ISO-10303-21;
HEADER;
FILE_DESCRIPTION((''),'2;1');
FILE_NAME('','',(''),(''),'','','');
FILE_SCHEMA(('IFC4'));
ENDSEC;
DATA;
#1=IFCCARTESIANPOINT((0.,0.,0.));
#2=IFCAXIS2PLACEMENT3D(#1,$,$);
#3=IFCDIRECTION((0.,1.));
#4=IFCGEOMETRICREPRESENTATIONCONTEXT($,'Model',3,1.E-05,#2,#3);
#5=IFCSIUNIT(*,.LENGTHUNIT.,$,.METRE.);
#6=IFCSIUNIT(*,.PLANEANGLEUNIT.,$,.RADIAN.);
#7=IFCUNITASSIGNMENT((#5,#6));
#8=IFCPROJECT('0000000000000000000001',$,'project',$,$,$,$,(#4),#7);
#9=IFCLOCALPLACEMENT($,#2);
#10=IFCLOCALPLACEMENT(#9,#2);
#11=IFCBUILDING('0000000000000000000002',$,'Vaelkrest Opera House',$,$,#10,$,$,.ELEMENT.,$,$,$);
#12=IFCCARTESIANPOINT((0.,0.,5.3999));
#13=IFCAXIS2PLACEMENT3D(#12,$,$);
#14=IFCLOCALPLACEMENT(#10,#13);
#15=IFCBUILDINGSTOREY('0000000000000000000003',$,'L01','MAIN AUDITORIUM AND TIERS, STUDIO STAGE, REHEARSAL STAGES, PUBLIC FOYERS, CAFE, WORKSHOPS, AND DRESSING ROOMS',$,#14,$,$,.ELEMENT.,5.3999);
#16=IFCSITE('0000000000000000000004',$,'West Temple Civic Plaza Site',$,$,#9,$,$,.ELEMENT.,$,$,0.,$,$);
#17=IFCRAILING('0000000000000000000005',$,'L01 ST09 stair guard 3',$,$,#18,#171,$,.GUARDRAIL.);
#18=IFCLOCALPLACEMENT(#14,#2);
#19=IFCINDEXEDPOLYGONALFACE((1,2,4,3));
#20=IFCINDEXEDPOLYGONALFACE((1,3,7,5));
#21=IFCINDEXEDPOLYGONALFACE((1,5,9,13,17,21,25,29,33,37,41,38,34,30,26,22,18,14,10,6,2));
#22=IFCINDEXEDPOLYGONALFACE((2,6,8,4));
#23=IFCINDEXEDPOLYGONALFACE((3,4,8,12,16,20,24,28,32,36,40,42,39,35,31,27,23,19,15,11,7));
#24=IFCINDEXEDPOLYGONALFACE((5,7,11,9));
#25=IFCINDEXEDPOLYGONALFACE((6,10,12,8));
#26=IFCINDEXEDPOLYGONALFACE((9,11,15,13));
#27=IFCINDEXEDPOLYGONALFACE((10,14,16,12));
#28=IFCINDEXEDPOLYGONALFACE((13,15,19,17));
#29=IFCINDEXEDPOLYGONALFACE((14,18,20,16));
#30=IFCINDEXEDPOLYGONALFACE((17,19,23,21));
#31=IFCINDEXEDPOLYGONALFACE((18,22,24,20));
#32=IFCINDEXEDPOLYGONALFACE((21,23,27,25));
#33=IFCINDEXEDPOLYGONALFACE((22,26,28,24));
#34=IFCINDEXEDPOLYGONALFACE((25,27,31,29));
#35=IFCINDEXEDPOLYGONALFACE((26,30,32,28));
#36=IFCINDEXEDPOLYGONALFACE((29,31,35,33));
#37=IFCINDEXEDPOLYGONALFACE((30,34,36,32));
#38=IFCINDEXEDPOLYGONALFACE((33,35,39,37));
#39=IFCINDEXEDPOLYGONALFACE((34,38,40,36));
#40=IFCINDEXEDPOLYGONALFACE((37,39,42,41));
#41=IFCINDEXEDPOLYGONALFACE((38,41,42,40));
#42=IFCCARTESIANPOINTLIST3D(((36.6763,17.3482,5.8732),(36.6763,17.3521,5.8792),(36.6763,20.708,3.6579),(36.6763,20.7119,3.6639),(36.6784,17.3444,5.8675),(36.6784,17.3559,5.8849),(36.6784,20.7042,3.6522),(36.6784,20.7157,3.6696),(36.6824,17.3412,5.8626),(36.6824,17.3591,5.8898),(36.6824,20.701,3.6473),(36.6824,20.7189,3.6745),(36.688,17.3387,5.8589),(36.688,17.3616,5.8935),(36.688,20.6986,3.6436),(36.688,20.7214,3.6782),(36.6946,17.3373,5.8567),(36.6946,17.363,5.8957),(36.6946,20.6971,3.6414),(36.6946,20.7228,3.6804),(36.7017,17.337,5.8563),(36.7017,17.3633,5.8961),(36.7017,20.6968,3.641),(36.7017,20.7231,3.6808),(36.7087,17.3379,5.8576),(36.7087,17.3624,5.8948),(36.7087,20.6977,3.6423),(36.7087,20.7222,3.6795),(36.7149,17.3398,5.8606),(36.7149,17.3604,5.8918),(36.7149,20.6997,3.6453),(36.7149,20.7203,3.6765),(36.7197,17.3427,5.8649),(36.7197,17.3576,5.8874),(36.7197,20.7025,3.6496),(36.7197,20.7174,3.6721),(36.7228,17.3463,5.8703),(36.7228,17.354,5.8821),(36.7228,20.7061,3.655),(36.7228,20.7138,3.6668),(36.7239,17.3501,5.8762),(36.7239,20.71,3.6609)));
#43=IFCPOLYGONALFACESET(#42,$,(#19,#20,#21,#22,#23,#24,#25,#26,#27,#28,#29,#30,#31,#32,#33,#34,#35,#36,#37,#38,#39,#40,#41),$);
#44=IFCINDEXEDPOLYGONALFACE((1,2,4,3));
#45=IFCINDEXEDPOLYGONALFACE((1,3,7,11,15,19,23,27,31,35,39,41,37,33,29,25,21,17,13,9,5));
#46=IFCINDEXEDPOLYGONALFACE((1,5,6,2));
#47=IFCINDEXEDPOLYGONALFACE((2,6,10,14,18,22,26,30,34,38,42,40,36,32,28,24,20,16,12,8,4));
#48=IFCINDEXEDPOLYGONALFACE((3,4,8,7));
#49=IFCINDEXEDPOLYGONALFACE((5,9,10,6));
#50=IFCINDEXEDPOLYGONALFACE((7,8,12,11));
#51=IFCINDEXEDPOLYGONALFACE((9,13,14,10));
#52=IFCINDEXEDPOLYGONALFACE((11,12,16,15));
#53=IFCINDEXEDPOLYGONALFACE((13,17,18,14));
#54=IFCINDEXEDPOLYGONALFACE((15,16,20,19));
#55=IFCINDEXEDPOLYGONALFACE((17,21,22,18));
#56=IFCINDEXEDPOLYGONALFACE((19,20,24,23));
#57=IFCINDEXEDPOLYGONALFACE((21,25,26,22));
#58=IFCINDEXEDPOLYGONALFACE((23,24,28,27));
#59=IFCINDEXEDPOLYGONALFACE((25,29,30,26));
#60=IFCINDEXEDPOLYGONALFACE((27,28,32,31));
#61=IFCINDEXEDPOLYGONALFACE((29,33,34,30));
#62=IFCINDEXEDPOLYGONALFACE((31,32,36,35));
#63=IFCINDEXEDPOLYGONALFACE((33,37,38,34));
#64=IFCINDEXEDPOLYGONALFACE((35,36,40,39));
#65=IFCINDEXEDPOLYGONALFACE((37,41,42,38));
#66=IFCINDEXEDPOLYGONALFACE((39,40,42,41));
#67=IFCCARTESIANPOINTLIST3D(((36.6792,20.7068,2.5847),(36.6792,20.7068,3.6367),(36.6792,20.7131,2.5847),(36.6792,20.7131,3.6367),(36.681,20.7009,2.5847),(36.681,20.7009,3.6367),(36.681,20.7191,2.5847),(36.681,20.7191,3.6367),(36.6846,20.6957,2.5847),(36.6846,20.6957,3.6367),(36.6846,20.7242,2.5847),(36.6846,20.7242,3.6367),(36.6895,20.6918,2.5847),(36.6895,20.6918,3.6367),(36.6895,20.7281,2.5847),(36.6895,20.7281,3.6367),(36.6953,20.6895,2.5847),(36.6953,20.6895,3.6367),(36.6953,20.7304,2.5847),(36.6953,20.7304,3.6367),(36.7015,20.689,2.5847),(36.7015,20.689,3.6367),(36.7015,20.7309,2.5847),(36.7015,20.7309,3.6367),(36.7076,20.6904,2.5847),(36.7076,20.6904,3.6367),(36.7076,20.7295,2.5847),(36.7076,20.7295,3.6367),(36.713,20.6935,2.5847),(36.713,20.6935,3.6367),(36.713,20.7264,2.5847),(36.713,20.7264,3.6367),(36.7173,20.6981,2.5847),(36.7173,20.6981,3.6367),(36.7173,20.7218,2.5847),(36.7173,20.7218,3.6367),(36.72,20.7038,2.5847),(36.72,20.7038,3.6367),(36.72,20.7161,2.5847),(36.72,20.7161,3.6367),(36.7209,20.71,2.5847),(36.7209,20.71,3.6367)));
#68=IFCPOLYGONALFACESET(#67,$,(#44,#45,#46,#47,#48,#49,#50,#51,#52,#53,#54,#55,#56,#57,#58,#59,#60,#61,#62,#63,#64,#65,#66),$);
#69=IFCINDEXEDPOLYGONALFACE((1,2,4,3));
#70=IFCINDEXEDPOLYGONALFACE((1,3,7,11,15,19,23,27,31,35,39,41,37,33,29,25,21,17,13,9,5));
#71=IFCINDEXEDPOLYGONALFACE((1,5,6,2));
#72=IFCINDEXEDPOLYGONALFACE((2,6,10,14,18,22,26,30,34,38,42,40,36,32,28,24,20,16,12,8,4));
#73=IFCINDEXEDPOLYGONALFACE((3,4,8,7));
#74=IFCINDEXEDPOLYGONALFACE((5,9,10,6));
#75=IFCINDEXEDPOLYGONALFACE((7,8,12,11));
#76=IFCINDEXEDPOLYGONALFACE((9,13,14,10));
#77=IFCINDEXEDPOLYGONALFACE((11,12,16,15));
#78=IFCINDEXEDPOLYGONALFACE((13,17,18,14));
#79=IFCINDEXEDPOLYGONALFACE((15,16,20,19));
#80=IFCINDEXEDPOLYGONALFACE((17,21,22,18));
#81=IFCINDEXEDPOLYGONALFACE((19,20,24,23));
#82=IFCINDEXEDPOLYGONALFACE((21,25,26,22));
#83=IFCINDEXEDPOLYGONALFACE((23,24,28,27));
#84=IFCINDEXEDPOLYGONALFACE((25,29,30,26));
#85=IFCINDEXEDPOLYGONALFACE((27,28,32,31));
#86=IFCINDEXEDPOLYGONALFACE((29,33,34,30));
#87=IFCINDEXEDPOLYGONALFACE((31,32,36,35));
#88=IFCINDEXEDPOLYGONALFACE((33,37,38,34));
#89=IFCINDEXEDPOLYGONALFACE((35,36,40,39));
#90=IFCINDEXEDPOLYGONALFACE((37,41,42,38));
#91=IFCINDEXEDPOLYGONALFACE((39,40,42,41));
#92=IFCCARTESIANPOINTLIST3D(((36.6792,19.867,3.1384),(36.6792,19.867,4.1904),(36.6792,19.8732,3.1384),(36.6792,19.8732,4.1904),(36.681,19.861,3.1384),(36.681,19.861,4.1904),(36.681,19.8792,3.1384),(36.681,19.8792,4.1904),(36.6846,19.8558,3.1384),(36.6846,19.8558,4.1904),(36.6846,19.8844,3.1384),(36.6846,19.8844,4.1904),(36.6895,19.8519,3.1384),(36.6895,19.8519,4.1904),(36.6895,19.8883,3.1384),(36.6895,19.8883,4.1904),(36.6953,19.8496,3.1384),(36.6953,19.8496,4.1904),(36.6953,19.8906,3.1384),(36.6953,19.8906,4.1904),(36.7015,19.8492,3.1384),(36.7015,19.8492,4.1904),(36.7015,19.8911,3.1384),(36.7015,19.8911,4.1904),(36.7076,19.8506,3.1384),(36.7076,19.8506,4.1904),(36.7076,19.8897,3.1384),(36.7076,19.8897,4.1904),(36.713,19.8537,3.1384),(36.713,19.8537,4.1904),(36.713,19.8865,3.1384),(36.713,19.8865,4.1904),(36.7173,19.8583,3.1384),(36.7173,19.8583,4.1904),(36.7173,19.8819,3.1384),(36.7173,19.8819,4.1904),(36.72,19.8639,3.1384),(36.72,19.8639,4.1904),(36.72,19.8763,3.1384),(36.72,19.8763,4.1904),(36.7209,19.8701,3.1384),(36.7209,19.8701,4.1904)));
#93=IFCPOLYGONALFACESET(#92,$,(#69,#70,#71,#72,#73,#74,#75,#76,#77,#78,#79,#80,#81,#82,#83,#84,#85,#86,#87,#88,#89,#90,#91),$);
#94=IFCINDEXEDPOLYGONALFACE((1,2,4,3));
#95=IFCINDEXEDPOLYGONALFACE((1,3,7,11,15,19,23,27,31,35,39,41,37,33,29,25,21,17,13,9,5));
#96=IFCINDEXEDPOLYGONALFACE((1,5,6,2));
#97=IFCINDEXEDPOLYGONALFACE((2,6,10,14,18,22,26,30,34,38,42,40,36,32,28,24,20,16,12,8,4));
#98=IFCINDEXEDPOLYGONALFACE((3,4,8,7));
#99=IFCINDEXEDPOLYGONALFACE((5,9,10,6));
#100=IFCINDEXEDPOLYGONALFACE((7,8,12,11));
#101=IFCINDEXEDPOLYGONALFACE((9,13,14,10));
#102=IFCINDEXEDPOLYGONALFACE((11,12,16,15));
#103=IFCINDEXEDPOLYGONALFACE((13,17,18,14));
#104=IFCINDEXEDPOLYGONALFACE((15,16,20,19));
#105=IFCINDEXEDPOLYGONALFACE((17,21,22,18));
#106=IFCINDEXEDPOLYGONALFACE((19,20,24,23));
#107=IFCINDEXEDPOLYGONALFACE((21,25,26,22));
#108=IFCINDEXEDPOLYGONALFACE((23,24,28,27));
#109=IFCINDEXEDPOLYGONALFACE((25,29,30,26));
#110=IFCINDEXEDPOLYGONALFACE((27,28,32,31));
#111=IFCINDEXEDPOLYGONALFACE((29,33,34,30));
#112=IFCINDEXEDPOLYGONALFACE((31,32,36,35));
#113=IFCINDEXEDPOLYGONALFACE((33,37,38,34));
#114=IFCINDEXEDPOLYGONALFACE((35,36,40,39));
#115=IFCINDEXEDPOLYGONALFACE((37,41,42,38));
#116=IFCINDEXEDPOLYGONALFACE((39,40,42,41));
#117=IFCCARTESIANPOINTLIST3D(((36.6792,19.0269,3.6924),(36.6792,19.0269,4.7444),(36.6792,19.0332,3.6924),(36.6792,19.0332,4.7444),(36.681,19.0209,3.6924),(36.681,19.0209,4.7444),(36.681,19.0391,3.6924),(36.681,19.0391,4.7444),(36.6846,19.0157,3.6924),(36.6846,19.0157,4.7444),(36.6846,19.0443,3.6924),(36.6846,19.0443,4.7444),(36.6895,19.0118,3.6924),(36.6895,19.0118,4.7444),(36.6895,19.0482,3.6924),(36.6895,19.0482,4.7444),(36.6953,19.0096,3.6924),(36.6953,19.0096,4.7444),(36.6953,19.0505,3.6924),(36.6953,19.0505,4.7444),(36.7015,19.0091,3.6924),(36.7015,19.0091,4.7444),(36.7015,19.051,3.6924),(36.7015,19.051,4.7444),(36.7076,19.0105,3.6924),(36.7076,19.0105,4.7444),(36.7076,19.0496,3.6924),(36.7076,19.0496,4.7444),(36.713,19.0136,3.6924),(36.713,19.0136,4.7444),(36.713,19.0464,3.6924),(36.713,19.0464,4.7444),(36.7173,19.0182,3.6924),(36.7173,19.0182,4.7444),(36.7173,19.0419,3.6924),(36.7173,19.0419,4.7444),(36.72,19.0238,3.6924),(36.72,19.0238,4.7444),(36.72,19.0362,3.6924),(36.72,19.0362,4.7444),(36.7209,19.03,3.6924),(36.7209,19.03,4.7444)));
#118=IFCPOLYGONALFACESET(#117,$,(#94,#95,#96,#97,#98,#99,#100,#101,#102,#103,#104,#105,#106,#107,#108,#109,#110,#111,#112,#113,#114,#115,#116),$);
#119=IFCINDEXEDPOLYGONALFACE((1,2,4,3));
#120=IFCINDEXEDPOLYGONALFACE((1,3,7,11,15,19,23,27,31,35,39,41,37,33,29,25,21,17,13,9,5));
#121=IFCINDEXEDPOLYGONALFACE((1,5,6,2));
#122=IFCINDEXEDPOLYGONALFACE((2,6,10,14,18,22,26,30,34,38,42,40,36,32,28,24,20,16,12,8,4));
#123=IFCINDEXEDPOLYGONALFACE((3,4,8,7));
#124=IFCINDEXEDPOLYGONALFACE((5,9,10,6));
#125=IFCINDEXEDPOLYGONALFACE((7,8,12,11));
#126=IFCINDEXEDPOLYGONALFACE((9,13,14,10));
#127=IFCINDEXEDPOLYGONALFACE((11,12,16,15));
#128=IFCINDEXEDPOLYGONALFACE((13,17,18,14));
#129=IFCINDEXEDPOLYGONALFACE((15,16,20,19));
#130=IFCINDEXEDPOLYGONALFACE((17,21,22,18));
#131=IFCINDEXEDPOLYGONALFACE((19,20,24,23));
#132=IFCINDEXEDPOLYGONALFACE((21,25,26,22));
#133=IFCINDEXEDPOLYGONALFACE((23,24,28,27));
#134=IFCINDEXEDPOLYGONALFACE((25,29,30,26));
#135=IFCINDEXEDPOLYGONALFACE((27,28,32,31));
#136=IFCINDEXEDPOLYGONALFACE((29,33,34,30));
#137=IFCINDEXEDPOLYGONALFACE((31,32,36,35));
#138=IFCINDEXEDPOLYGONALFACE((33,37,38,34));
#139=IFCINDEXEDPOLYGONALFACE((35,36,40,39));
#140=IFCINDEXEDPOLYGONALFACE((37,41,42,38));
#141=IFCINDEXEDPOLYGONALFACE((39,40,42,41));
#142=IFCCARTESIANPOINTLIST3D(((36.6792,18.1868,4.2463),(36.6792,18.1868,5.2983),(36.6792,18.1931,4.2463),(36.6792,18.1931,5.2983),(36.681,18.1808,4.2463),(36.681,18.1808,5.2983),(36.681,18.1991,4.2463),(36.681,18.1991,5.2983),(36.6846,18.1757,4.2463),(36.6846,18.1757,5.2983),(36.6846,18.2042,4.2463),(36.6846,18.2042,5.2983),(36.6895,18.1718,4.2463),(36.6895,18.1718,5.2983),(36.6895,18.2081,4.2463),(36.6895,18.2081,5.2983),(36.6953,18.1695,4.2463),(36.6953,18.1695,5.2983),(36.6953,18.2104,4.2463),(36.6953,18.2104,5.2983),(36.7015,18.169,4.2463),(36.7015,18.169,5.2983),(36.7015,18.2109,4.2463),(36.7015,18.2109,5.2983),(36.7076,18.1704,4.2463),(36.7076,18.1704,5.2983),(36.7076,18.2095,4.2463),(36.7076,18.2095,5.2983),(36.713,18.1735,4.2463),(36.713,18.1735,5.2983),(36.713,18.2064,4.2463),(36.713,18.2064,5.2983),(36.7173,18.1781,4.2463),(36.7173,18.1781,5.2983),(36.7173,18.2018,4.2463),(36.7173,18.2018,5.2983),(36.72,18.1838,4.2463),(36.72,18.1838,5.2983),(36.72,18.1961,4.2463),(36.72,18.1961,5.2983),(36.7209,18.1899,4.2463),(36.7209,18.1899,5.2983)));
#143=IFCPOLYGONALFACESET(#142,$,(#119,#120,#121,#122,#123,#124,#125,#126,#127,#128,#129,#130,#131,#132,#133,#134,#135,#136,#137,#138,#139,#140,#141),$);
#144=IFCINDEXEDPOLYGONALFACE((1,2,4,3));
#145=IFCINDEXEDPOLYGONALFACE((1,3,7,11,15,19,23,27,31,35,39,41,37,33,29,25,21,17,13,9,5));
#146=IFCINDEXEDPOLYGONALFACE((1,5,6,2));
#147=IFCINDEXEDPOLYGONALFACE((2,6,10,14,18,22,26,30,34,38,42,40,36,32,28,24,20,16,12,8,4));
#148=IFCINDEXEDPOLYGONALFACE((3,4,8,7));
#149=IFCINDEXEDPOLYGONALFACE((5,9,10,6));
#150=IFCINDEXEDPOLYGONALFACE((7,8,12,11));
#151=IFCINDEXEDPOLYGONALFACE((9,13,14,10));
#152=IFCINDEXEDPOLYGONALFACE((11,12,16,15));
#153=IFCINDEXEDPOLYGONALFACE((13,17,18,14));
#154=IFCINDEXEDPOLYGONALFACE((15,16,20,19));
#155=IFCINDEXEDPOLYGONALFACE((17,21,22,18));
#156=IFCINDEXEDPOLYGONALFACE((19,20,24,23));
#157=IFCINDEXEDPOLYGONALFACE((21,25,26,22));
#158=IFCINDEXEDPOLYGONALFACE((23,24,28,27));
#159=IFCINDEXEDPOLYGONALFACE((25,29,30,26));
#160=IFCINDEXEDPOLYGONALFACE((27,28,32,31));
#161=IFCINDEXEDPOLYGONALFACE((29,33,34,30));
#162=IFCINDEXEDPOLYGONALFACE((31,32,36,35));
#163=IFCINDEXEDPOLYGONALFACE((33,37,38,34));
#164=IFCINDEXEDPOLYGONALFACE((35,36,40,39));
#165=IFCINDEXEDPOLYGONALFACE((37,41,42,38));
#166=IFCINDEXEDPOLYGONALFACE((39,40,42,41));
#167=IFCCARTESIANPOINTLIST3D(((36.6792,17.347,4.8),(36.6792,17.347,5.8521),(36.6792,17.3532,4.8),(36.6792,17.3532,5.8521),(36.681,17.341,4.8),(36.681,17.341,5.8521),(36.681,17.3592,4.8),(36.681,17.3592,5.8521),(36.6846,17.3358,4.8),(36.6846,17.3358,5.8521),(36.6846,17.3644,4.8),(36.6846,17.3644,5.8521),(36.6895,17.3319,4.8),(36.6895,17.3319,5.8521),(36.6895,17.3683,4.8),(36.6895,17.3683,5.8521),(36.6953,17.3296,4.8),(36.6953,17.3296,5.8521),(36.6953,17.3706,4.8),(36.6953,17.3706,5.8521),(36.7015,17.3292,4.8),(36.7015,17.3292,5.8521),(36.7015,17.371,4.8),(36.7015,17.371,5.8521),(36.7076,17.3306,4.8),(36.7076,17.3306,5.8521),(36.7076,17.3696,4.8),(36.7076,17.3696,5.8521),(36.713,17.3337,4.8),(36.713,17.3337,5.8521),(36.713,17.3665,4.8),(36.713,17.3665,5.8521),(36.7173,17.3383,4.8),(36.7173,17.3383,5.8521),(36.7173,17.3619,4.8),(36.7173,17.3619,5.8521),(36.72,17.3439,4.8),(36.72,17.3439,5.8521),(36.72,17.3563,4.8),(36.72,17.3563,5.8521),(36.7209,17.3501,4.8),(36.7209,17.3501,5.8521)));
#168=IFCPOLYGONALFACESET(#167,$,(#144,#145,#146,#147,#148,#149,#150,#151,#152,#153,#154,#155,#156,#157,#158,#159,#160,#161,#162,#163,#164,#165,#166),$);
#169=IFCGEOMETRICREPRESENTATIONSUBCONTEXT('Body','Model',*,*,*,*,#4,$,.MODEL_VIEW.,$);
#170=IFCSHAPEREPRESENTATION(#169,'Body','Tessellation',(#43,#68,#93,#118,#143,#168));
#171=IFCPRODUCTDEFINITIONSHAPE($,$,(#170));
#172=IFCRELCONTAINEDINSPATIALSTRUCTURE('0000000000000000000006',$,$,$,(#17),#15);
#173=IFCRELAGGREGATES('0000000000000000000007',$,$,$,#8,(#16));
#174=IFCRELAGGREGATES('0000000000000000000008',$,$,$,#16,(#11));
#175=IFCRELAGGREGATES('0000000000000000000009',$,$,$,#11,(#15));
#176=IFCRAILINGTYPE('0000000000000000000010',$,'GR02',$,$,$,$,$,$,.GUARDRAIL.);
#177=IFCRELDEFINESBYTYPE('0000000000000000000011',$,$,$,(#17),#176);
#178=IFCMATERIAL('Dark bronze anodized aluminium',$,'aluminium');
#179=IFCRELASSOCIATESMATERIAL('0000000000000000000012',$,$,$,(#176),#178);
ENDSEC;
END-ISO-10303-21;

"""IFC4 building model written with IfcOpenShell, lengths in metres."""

from ifc_helpers import new_model, si_unit, direction, frame, origin, origin_2d, place, context, subcontext, project, spatial, circle, extrude, material, type_object, element, save


model = new_model("IFC4")

# Units and contexts
model_context = context("Model", 3, precision=1e-05, world=origin(), true_north=direction((0.0, 1.0)))
body_context = subcontext(model_context, "Body", "Model", "MODEL_VIEW")
ifc_project = project(units=[si_unit("LENGTHUNIT", "METRE"), si_unit("PLANEANGLEUNIT", "RADIAN")], contexts=[model_context])

# Site, building, storey
site_placement = place(None, origin())
site = spatial("IfcSite", under=ifc_project, at=site_placement, Name="West Temple Civic Plaza Site", CompositionType="ELEMENT", RefElevation=0.0)
building_placement = place(site_placement, origin())
building = spatial("IfcBuilding", under=site, at=building_placement, Name="Vaelkrest Opera House", CompositionType="ELEMENT")
storey_placement = place(building_placement, frame((0.0, 0.0, 5.3999)))
storey = spatial("IfcBuildingStorey", under=building, at=storey_placement, Name="L01", Description="MAIN AUDITORIUM AND TIERS, STUDIO STAGE, REHEARSAL STAGES, PUBLIC FOYERS, CAFE, WORKSHOPS, AND DRESSING ROOMS", CompositionType="ELEMENT", Elevation=5.3999)

# Shared definitions
ifc_material_1 = material(Name="Dark bronze anodized aluminium", Category="aluminium")

# Railing
railing_type_1 = type_object("IfcRailingType", Name="GR02", PredefinedType="GUARDRAIL", material=ifc_material_1)
railing_1_placement = place(storey_placement, frame((36.7, 20.71, 2.5847)))
element("IfcRailing", 1, at=railing_1_placement, inside=storey, type_object=railing_type_1, Name="L01 ST09 stair guard 3", PredefinedType="GUARDRAIL", context=body_context, shape_type="SweptSolid", body=[
    extrude(circle(Radius=0.0239, at=origin_2d()), frame((0.0, 0.0, 1.0762), z_axis=(0.0, -0.834858, 0.550465), x_axis=(1.0, 0.0, 0.0)), (0.0, 0.0, 1.0), 4.0244),
    extrude(circle(Radius=0.021, at=origin_2d()), origin(), (0.0, 0.0, 1.0), 1.052),
    extrude(circle(Radius=0.021, at=origin_2d()), frame((0.0, -0.8398, 0.5537)), (0.0, 0.0, 1.0), 1.052),
    extrude(circle(Radius=0.021, at=origin_2d()), frame((0.0, -1.6799, 1.1077)), (0.0, 0.0, 1.0), 1.052),
    extrude(circle(Radius=0.021, at=origin_2d()), frame((0.0, -2.52, 1.6616)), (0.0, 0.0, 1.0), 1.052),
    extrude(circle(Radius=0.021, at=origin_2d()), frame((0.0, -3.3599, 2.2153)), (0.0, 0.0, 1.0), 1.052),
])

save(model, "model.ifc")
